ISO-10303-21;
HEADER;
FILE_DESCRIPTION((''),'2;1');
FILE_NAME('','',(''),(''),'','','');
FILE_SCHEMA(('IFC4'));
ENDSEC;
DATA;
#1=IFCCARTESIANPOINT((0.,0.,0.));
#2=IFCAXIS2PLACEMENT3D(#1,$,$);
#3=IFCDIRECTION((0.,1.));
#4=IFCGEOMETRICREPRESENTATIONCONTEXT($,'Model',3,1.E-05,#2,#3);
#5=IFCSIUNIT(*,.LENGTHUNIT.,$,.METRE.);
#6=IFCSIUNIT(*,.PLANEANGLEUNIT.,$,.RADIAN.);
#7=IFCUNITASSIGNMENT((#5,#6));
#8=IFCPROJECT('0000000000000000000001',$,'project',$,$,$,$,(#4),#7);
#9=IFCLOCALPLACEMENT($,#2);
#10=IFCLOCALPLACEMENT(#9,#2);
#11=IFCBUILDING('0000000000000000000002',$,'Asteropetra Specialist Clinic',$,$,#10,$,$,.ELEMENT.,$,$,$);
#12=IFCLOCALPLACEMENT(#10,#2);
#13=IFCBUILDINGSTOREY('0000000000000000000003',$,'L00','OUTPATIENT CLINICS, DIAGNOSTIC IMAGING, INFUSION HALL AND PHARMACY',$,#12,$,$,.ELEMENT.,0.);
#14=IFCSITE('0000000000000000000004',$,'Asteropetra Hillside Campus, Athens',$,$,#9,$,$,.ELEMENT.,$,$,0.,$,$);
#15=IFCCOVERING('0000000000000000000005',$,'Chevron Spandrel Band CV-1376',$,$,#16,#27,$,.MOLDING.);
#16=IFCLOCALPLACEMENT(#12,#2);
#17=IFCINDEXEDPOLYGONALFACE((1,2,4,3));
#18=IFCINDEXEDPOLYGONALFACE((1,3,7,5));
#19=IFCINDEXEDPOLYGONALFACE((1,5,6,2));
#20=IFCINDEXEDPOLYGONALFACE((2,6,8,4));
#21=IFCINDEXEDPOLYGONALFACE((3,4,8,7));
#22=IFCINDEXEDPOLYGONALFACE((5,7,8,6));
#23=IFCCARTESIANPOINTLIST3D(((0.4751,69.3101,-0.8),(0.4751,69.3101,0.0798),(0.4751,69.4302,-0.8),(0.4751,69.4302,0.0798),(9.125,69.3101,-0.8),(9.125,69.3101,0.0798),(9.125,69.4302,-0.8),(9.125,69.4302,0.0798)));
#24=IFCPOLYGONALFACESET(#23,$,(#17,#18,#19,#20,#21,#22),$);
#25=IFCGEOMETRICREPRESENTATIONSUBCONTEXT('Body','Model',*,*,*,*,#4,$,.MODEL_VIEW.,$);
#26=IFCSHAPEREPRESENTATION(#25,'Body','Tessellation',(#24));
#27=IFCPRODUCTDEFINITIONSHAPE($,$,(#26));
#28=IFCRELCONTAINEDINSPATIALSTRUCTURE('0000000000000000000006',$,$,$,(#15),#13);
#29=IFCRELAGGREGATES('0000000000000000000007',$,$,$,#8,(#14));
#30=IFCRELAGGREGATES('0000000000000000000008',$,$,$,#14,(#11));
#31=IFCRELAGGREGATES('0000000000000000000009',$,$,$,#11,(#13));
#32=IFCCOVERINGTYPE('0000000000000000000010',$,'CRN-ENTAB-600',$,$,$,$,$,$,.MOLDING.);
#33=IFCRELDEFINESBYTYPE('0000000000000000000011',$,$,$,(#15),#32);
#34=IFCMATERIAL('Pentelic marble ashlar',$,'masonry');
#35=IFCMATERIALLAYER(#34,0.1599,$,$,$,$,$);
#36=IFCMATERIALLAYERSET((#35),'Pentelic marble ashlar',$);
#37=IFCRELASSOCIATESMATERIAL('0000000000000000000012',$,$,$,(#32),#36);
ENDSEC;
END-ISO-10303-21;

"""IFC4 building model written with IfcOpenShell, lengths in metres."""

from ifc_helpers import new_model, si_unit, direction, frame, origin, origin_2d, place, context, subcontext, project, spatial, rectangle, extrude, material, layer, layer_set, type_object, element, save


model = new_model("IFC4")

# Units and contexts
model_context = context("Model", 3, precision=1e-05, world=origin(), true_north=direction((0.0, 1.0)))
body_context = subcontext(model_context, "Body", "Model", "MODEL_VIEW")
ifc_project = project(units=[si_unit("LENGTHUNIT", "METRE"), si_unit("PLANEANGLEUNIT", "RADIAN")], contexts=[model_context])

# Site, building, storey
site_placement = place(None, origin())
site = spatial("IfcSite", under=ifc_project, at=site_placement, Name="Asteropetra Hillside Campus, Athens", CompositionType="ELEMENT", RefElevation=0.0)
building_placement = place(site_placement, origin())
building = spatial("IfcBuilding", under=site, at=building_placement, Name="Asteropetra Specialist Clinic", CompositionType="ELEMENT")
storey_placement = place(building_placement, origin())
storey = spatial("IfcBuildingStorey", under=building, at=storey_placement, Name="L00", Description="OUTPATIENT CLINICS, DIAGNOSTIC IMAGING, INFUSION HALL AND PHARMACY", CompositionType="ELEMENT", Elevation=0.0)

# Covering
ifc_material_1 = material(Name="Pentelic marble ashlar", Category="masonry")
ifc_layer_1 = layer(ifc_material_1, 0.1599)
ifc_layer_set_1 = layer_set([ifc_layer_1], Name="Pentelic marble ashlar")
covering_type = type_object("IfcCoveringType", Name="CRN-ENTAB-600", PredefinedType="MOLDING", material=ifc_layer_set_1)
covering_1_placement = place(storey_placement, frame((4.8, 69.3701, -0.8), z_axis=(0.0, 0.0, 1.0), x_axis=(1.0, 0.0, 0.0)))
element("IfcCovering", 1, at=covering_1_placement, inside=storey, type_object=covering_type, Name="Chevron Spandrel Band CV-1376", PredefinedType="MOLDING", context=body_context, shape_type="SweptSolid", body=[
    extrude(rectangle(XDim=8.6499, YDim=0.1201, at=origin_2d()), origin(), (0.0, 0.0, 1.0), 0.8799),
])

save(model, "model.ifc")
